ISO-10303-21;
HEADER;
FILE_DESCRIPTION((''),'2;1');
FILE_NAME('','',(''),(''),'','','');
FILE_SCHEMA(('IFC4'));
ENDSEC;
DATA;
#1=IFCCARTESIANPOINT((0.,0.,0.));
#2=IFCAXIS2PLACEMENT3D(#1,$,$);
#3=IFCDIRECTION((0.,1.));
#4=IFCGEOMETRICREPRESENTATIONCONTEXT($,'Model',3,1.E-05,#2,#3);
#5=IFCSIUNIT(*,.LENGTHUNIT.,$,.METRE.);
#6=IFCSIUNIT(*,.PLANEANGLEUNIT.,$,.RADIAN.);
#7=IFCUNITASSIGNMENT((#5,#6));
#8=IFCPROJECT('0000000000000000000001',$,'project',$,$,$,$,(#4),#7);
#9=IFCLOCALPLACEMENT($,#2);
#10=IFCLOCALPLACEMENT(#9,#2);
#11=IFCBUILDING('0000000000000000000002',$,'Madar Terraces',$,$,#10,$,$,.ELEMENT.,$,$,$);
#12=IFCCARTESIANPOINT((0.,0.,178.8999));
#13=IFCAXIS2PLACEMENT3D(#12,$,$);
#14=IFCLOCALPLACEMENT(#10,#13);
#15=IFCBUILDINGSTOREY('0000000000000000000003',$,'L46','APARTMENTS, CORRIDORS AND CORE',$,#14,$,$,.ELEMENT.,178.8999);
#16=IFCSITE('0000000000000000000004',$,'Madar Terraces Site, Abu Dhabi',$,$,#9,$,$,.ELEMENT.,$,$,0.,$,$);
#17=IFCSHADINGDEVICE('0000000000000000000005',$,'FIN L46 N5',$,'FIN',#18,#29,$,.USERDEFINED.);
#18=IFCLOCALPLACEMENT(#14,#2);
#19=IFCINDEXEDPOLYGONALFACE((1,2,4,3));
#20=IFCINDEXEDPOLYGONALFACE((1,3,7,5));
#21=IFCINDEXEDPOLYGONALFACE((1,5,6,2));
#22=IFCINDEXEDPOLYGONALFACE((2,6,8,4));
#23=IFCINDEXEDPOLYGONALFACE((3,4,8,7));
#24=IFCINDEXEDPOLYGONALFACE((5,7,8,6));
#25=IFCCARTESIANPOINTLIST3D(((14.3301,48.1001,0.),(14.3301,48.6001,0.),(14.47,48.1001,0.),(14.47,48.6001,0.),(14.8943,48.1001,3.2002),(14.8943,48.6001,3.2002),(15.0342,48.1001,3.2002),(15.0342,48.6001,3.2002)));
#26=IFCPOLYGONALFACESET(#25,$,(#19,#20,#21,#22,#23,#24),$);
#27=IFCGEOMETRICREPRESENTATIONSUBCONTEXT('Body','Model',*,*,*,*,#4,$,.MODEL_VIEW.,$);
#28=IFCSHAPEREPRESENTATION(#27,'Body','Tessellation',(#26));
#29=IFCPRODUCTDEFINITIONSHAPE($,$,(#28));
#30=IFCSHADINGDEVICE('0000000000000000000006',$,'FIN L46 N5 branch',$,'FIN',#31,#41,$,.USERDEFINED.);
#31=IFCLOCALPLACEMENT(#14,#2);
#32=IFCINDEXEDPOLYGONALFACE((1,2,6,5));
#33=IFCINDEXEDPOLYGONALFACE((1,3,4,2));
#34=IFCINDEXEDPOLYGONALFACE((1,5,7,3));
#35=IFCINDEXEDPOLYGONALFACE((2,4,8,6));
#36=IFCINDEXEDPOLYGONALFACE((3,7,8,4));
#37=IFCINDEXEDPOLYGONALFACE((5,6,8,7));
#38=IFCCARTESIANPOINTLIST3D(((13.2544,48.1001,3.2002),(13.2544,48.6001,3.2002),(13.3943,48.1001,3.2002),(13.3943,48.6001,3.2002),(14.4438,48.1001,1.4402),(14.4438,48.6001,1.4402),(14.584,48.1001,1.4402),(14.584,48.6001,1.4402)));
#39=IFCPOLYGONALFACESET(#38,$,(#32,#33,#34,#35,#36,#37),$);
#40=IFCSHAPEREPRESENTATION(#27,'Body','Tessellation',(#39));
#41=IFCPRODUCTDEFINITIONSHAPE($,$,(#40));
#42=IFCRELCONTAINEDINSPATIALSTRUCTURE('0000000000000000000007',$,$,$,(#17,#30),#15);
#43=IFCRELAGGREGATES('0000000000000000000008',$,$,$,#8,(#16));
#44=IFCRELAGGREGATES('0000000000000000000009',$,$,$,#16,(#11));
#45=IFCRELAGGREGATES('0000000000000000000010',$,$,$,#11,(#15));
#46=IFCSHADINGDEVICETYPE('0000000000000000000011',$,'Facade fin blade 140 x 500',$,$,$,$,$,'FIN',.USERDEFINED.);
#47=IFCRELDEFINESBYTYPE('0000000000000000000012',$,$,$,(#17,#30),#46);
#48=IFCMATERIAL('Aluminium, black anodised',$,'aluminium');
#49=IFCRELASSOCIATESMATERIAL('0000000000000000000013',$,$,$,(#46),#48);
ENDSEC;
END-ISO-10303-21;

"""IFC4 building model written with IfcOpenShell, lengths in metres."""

from ifc_helpers import new_model, si_unit, direction, frame, origin, place, context, subcontext, project, spatial, polyline, outline, extrude, material, type_object, element, save


model = new_model("IFC4")

# Units and contexts
model_context = context("Model", 3, precision=1e-05, world=origin(), true_north=direction((0.0, 1.0)))
body_context = subcontext(model_context, "Body", "Model", "MODEL_VIEW")
ifc_project = project(units=[si_unit("LENGTHUNIT", "METRE"), si_unit("PLANEANGLEUNIT", "RADIAN")], contexts=[model_context])

# Site, building, storey
site_placement = place(None, origin())
site = spatial("IfcSite", under=ifc_project, at=site_placement, Name="Madar Terraces Site, Abu Dhabi", CompositionType="ELEMENT", RefElevation=0.0)
building_placement = place(site_placement, origin())
building = spatial("IfcBuilding", under=site, at=building_placement, Name="Madar Terraces", CompositionType="ELEMENT")
storey_placement = place(building_placement, frame((0.0, 0.0, 178.8999)))
storey = spatial("IfcBuildingStorey", under=building, at=storey_placement, Name="L46", Description="APARTMENTS, CORRIDORS AND CORE", CompositionType="ELEMENT", Elevation=178.8999)

# Shading devices
ifc_material_1 = material(Name="Aluminium, black anodised", Category="aluminium")
shading_device_type = type_object("IfcShadingDeviceType", Name="Facade fin blade 140 x 500", ElementType="FIN", PredefinedType="USERDEFINED", material=ifc_material_1)
shading_device_1_placement = place(storey_placement, frame((14.47, 48.3501, 0.0), z_axis=(0.0, 0.0, 1.0), x_axis=(-1.0, 0.0, 0.0)))
element("IfcShadingDevice", 1, at=shading_device_1_placement, inside=storey, type_object=shading_device_type, Name="FIN L46 N5", ObjectType="FIN", PredefinedType="USERDEFINED", context=body_context, shape_type="SweptSolid", body=[
    extrude(outline(polyline([(0.0, 0.0), (0.1399, 0.0), (-0.4243, 3.2002), (-0.5642, 3.2002), (0.0, 0.0)])), frame((0.0, 0.25, 0.0), z_axis=(0.0, -1.0, 0.0), x_axis=(1.0, 0.0, 0.0)), (0.0, 0.0, 1.0), 0.5),
])
shading_device_2_placement = place(storey_placement, frame((14.584, 48.3501, 1.4402), z_axis=(0.0, 0.0, 1.0), x_axis=(-1.0, 0.0, 0.0)))
element("IfcShadingDevice", 2, at=shading_device_2_placement, inside=storey, type_object=shading_device_type, Name="FIN L46 N5 branch", ObjectType="FIN", PredefinedType="USERDEFINED", context=body_context, shape_type="SweptSolid", body=[
    extrude(outline(polyline([(0.0, 0.0), (0.1401, 0.0), (1.3296, 1.76), (1.1897, 1.76), (0.0, 0.0)])), frame((0.0, 0.25, 0.0), z_axis=(0.0, -1.0, 0.0), x_axis=(1.0, 0.0, 0.0)), (0.0, 0.0, 1.0), 0.5),
])

save(model, "model.ifc")
